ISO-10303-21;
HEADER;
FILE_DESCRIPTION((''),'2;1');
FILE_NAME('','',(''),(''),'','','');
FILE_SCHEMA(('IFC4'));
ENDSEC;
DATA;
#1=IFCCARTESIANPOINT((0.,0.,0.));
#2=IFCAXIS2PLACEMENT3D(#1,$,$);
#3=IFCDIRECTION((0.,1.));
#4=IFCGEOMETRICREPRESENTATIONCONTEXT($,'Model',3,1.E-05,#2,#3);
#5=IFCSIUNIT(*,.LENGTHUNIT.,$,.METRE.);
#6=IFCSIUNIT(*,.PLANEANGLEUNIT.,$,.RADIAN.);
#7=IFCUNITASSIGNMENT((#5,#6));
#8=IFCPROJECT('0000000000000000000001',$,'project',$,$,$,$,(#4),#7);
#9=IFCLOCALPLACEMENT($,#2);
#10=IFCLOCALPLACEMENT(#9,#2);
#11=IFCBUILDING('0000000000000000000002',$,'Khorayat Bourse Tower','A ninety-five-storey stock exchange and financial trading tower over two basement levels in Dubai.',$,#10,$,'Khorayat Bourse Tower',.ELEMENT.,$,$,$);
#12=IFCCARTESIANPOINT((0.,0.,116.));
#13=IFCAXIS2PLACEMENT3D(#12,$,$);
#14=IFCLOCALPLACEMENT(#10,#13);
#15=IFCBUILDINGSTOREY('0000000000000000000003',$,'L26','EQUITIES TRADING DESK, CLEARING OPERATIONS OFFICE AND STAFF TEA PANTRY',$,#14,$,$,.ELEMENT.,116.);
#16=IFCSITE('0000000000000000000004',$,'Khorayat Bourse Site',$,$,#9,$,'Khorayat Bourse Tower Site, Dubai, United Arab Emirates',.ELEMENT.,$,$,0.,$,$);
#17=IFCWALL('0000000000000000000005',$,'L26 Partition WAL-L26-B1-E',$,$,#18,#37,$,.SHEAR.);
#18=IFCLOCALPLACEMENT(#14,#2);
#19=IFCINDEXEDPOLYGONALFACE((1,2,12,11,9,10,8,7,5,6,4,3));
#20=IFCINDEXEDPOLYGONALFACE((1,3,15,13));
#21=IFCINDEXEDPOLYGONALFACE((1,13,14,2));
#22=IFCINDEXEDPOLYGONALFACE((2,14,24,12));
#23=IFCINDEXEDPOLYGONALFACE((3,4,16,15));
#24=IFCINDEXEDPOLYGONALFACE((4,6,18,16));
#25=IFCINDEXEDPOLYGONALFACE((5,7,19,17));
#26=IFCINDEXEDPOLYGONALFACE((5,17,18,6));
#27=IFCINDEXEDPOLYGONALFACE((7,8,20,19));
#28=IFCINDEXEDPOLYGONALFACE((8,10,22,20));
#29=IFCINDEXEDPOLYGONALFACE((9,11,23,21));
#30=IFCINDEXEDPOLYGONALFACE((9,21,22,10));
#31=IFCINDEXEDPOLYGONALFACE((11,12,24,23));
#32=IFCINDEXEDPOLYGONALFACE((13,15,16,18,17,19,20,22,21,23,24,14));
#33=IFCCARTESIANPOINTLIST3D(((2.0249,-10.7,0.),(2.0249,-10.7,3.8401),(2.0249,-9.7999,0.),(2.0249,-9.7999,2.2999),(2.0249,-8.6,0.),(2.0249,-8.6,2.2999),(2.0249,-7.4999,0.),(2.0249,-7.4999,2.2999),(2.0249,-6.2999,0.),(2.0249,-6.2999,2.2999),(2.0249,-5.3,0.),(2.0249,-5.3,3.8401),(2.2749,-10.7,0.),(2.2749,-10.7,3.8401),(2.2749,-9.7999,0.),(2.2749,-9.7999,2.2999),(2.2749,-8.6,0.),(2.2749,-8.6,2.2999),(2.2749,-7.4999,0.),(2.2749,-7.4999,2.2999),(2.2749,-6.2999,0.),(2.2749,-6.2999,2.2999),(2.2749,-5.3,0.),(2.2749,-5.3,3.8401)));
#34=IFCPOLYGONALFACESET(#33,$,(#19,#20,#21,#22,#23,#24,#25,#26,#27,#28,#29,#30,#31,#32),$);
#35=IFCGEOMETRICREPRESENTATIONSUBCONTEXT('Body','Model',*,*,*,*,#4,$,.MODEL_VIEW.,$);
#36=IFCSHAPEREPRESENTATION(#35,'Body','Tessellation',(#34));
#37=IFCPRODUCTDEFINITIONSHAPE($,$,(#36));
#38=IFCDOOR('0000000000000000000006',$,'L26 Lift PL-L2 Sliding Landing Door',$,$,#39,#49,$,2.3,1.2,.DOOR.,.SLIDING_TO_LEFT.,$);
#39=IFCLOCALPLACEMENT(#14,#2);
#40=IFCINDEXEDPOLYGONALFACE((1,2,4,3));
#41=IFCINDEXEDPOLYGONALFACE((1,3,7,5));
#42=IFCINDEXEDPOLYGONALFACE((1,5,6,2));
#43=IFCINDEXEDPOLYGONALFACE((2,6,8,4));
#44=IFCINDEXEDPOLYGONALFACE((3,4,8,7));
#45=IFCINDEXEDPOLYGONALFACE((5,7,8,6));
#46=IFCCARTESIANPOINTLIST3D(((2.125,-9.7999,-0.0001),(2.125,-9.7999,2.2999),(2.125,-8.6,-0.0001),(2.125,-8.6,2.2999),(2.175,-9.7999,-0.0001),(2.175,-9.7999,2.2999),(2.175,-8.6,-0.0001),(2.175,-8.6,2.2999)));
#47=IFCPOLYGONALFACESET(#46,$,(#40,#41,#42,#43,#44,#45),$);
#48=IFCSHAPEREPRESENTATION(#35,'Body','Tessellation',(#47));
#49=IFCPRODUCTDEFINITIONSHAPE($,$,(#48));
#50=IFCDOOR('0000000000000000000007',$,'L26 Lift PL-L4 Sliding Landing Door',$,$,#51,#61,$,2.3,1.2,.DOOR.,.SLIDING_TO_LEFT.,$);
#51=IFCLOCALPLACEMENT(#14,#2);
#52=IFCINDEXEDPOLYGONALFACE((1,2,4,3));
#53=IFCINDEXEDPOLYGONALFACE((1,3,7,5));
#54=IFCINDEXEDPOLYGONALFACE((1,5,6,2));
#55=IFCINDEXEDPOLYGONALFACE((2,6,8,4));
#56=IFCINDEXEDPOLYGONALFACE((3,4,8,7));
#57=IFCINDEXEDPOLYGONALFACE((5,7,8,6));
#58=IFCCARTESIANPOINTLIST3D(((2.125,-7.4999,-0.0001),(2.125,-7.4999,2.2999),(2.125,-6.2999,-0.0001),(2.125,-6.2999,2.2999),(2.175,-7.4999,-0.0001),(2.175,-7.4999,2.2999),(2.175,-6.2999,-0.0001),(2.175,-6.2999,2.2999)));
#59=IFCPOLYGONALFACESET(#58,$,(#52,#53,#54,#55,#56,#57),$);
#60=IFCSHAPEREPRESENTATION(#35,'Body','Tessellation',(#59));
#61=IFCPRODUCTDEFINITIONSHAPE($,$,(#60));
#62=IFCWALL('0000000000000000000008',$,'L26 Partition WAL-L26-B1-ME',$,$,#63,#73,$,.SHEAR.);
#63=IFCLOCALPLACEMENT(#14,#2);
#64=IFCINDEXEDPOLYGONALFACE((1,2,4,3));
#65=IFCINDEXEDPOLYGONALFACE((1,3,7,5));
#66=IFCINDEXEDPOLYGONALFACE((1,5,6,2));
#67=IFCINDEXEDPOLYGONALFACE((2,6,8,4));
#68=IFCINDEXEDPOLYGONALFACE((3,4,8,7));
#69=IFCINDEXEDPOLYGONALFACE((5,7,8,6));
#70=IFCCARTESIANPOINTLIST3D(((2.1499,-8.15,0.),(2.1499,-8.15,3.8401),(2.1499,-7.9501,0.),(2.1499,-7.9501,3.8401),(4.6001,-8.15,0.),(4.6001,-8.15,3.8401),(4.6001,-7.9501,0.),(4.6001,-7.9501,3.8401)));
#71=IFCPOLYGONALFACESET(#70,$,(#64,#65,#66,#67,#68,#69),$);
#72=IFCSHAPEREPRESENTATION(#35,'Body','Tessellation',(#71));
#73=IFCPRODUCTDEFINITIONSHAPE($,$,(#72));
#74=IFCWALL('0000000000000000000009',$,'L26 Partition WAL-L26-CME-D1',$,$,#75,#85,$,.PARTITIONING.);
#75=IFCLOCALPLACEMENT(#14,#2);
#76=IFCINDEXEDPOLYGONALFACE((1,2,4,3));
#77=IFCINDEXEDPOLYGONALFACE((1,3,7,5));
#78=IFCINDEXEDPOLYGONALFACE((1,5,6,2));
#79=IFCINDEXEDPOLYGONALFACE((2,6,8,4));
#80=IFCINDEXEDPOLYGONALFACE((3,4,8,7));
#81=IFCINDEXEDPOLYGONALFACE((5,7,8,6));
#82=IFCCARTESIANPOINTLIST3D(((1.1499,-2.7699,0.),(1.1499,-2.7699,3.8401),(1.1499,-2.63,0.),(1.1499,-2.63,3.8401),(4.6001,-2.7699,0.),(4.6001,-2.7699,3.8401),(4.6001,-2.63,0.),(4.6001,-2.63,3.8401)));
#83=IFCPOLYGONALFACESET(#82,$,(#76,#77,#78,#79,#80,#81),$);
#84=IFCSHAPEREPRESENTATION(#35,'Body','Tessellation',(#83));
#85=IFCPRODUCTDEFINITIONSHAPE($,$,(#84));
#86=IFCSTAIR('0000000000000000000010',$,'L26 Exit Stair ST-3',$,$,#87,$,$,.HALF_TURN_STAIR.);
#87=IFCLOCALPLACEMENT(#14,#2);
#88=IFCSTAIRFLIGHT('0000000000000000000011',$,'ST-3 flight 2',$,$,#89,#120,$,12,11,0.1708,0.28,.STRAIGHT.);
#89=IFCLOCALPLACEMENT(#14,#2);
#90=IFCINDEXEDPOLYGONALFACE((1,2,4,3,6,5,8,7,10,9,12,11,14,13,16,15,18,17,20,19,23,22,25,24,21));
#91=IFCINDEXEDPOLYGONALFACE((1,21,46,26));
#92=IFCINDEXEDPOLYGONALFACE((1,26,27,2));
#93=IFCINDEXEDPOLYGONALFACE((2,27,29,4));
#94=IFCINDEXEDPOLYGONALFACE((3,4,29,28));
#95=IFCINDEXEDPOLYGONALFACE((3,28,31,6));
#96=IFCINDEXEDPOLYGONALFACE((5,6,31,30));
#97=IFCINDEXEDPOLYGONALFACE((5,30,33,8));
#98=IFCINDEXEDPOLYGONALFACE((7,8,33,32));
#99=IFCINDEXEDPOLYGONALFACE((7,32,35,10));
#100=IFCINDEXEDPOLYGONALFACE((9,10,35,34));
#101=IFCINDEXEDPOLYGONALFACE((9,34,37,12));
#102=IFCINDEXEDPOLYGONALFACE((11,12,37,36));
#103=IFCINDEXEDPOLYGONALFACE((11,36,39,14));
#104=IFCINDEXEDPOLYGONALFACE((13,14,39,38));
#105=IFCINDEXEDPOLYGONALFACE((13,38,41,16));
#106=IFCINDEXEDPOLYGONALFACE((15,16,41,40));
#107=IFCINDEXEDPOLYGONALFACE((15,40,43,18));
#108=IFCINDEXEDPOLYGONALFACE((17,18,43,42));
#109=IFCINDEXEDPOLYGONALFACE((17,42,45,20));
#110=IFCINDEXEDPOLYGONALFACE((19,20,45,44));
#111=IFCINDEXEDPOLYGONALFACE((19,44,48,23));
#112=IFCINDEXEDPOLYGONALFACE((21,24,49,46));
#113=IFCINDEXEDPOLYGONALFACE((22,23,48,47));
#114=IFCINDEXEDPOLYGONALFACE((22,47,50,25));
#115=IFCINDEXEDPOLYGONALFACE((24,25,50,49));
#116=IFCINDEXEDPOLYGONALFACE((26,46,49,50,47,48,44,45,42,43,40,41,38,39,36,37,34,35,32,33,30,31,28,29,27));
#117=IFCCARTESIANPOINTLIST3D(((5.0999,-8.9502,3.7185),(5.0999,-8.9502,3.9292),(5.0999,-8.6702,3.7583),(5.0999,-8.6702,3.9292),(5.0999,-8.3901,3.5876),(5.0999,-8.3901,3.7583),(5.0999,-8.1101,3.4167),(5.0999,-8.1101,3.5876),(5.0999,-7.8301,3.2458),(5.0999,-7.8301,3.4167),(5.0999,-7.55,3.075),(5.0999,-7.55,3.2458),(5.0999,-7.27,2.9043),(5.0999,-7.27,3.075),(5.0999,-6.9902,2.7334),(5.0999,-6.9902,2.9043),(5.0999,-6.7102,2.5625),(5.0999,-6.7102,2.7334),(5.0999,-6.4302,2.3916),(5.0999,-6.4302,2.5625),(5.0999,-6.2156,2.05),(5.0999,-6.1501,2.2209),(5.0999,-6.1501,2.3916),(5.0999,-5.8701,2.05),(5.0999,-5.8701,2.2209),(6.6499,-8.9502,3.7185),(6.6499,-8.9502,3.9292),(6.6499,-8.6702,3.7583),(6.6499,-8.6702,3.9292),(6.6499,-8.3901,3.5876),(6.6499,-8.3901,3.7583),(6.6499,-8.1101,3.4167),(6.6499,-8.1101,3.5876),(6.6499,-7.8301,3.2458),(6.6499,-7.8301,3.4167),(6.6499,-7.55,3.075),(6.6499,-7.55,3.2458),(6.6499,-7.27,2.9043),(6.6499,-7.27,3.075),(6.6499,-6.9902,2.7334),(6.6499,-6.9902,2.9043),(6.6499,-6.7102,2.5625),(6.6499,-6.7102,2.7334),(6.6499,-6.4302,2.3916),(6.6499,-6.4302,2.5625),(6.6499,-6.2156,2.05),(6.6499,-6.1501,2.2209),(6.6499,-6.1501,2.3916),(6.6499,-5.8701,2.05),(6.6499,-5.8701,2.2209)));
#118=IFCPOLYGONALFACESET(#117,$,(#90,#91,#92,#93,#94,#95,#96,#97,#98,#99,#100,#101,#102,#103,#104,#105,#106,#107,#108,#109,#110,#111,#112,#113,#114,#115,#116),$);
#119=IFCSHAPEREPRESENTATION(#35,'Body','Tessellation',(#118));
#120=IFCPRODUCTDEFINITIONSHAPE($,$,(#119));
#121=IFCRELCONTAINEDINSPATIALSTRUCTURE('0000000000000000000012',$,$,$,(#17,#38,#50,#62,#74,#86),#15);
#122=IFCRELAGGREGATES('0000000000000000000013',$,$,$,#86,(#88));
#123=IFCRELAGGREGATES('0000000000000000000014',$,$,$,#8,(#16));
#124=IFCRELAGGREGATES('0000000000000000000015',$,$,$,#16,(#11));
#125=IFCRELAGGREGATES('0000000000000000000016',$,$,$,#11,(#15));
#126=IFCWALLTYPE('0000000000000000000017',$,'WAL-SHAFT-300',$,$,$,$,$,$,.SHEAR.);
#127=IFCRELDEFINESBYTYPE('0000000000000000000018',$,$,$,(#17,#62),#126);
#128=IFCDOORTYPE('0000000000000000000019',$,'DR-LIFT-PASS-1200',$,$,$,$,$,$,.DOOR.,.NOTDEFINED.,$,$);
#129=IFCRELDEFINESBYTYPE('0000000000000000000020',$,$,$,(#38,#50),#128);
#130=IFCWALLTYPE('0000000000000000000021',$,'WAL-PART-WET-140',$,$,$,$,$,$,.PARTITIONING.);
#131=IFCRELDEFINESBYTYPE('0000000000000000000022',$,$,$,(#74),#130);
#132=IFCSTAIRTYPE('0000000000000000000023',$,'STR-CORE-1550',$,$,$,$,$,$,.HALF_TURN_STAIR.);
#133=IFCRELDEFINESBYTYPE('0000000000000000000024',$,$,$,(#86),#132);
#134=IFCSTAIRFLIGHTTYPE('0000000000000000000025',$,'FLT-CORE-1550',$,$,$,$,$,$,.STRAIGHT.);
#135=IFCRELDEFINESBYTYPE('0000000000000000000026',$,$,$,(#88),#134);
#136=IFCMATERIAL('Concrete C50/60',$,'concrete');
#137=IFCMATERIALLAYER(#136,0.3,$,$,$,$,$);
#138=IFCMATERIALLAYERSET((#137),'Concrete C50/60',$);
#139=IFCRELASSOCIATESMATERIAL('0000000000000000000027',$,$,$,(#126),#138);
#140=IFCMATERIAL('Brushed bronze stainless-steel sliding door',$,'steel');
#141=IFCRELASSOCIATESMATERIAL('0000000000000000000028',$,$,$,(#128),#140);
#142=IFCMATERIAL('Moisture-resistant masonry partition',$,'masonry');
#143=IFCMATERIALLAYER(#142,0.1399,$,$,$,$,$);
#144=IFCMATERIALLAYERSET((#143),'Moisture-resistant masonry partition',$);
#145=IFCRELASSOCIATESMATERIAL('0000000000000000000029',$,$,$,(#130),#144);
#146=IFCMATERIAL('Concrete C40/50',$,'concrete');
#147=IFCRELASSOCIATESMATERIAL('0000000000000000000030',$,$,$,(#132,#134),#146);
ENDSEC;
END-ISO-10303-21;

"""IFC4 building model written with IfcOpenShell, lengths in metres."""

from ifc_helpers import new_model, si_unit, direction, frame, frame_2d, origin, place, context, subcontext, project, spatial, polyline, rectangle, outline, extrude, source, transform, mapped, material, layer, layer_set, type_object, element, fill, aggregate, save


model = new_model("IFC4")

# Units and contexts
model_context = context("Model", 3, precision=1e-05, world=origin(), true_north=direction((0.0, 1.0)))
body_context = subcontext(model_context, "Body", "Model", "MODEL_VIEW")
ifc_project = project(units=[si_unit("LENGTHUNIT", "METRE"), si_unit("PLANEANGLEUNIT", "RADIAN")], contexts=[model_context])

# Site, building, storey
site_placement = place(None, origin())
site = spatial("IfcSite", under=ifc_project, at=site_placement, Name="Khorayat Bourse Site", LongName="Khorayat Bourse Tower Site, Dubai, United Arab Emirates", CompositionType="ELEMENT", RefElevation=0.0)
building_placement = place(site_placement, origin())
building = spatial("IfcBuilding", under=site, at=building_placement, Name="Khorayat Bourse Tower", Description="A ninety-five-storey stock exchange and financial trading tower over two basement levels in Dubai.", LongName="Khorayat Bourse Tower", CompositionType="ELEMENT")
storey_placement = place(building_placement, frame((0.0, 0.0, 116.0)))
storey = spatial("IfcBuildingStorey", under=building, at=storey_placement, Name="L26", Description="EQUITIES TRADING DESK, CLEARING OPERATIONS OFFICE AND STAFF TEA PANTRY", CompositionType="ELEMENT", Elevation=116.0)

# Wall, openings, doors
ifc_material_1 = material(Name="Concrete C50/60", Category="concrete")
ifc_layer_1 = layer(ifc_material_1, 0.3)
ifc_layer_set_1 = layer_set([ifc_layer_1], Name="Concrete C50/60")
wall_type_1 = type_object("IfcWallType", Name="WAL-SHAFT-300", PredefinedType="SHEAR", material=ifc_layer_set_1)
shared_shape_1 = source(origin(), body_context, "Body", "SweptSolid", [
    extrude(rectangle(XDim=5.3999, YDim=0.25, at=frame_2d((2.7, 0.0))), origin(), (0.0, 0.0, 1.0), 3.8401),
])
shared_shape_2 = source(origin(), body_context, "Body", "SweptSolid", [
    extrude(rectangle(XDim=1.2, YDim=2.3, at=frame_2d((0.6001, 1.1499))), frame((0.0, 0.135, 0.0), z_axis=(0.0, -1.0, 0.0), x_axis=(1.0, 0.0, 0.0)), (0.0, 0.0, 1.0), 0.27),
])
ifc_material_2 = material(Name="Brushed bronze stainless-steel sliding door", Category="steel")
door_type_1 = type_object("IfcDoorType", Name="DR-LIFT-PASS-1200", OperationType="NOTDEFINED", PredefinedType="DOOR", material=ifc_material_2)
shared_shape_3 = source(origin(), body_context, "Body", "SweptSolid", [
    extrude(rectangle(XDim=1.2, YDim=2.3, at=frame_2d((0.6001, 1.1499))), frame((0.0, 0.0249, 0.0), z_axis=(0.0, -1.0, 0.0), x_axis=(1.0, 0.0, 0.0)), (0.0, 0.0, 1.0), 0.05),
])
wall_1_placement = place(storey_placement, frame((2.1499, -10.7, 0.0), z_axis=(0.0, 0.0, 1.0), x_axis=(0.0, 1.0, 0.0)))
wall_1 = element("IfcWall", 1, at=wall_1_placement, inside=storey, type_object=wall_type_1, Name="L26 Partition WAL-L26-B1-E", PredefinedType="SHEAR", context=body_context, shape_type="MappedRepresentation", body=[
    mapped(shared_shape_1, transform((0.0, 0.0, 0.0), scale=1.0)),
])
opening_1_placement = place(wall_1_placement, frame((0.8999, 0.0, 0.0)))
opening_1 = element("IfcOpeningElement", 2, at=opening_1_placement, cuts=wall_1, PredefinedType="OPENING", context=body_context, shape_type="MappedRepresentation", body=[
    mapped(shared_shape_2, transform((0.0, 0.0, 0.0), scale=1.0)),
])
opening_2_placement = place(wall_1_placement, frame((3.2, 0.0, 0.0)))
opening_2 = element("IfcOpeningElement", 3, at=opening_2_placement, cuts=wall_1, PredefinedType="OPENING", context=body_context, shape_type="MappedRepresentation", body=[
    mapped(shared_shape_2, transform((0.0, 0.0, 0.0), scale=1.0)),
])
door_1_placement = place(opening_1_placement, origin())
door_1 = element("IfcDoor", 4, at=door_1_placement, inside=storey, type_object=door_type_1, Name="L26 Lift PL-L2 Sliding Landing Door", OperationType="SLIDING_TO_LEFT", OverallHeight=2.3, OverallWidth=1.2, PredefinedType="DOOR", context=body_context, shape_type="MappedRepresentation", body=[
    mapped(shared_shape_3, transform((0.0, 0.0, 0.0), scale=1.0)),
])
fill(opening_1, door_1)
door_2_placement = place(opening_2_placement, origin())
door_2 = element("IfcDoor", 5, at=door_2_placement, inside=storey, type_object=door_type_1, Name="L26 Lift PL-L4 Sliding Landing Door", OperationType="SLIDING_TO_LEFT", OverallHeight=2.3, OverallWidth=1.2, PredefinedType="DOOR", context=body_context, shape_type="MappedRepresentation", body=[
    mapped(shared_shape_3, transform((0.0, 0.0, 0.0), scale=1.0)),
])
fill(opening_2, door_2)

# Wall
shared_shape_4 = source(origin(), body_context, "Body", "SweptSolid", [
    extrude(rectangle(XDim=2.4502, YDim=0.2, at=frame_2d((1.2251, 0.0))), origin(), (0.0, 0.0, 1.0), 3.8401),
])
wall_2_placement = place(storey_placement, frame((2.1499, -8.05, 0.0), z_axis=(0.0, 0.0, 1.0), x_axis=(1.0, 0.0, 0.0)))
element("IfcWall", 6, at=wall_2_placement, inside=storey, type_object=wall_type_1, Name="L26 Partition WAL-L26-B1-ME", PredefinedType="SHEAR", context=body_context, shape_type="MappedRepresentation", body=[
    mapped(shared_shape_4, transform((0.0, 0.0, 0.0), scale=1.0)),
])

# Wall
ifc_material_3 = material(Name="Moisture-resistant masonry partition", Category="masonry")
ifc_layer_2 = layer(ifc_material_3, 0.1399)
ifc_layer_set_2 = layer_set([ifc_layer_2], Name="Moisture-resistant masonry partition")
wall_type_2 = type_object("IfcWallType", Name="WAL-PART-WET-140", PredefinedType="PARTITIONING", material=ifc_layer_set_2)
shared_shape_5 = source(origin(), body_context, "Body", "SweptSolid", [
    extrude(rectangle(XDim=3.4502, YDim=0.1399, at=frame_2d((1.7251, 0.0))), origin(), (0.0, 0.0, 1.0), 3.8401),
])
wall_3_placement = place(storey_placement, frame((1.1499, -2.7, 0.0), z_axis=(0.0, 0.0, 1.0), x_axis=(1.0, 0.0, 0.0)))
element("IfcWall", 7, at=wall_3_placement, inside=storey, type_object=wall_type_2, Name="L26 Partition WAL-L26-CME-D1", PredefinedType="PARTITIONING", context=body_context, shape_type="MappedRepresentation", body=[
    mapped(shared_shape_5, transform((0.0, 0.0, 0.0), scale=1.0)),
])

# Stair, stair flight
ifc_material_4 = material(Name="Concrete C40/50", Category="concrete")
stair_type = type_object("IfcStairType", Name="STR-CORE-1550", PredefinedType="HALF_TURN_STAIR", material=ifc_material_4)
stair_placement = place(storey_placement, origin())
stair = element("IfcStair", 8, at=stair_placement, inside=storey, type_object=stair_type, Name="L26 Exit Stair ST-3", PredefinedType="HALF_TURN_STAIR")
stair_flight_type = type_object("IfcStairFlightType", Name="FLT-CORE-1550", PredefinedType="STRAIGHT", material=ifc_material_4)
shared_shape_6 = source(origin(), body_context, "Body", "SweptSolid", [
    extrude(outline(polyline([(0.0, 0.0), (0.0, 0.1709), (0.28, 0.1709), (0.28, 0.3416), (0.5601, 0.3416), (0.5601, 0.5125), (0.8401, 0.5125), (0.8401, 0.6833), (1.1201, 0.6833), (1.1201, 0.8542), (1.3999, 0.8542), (1.3999, 1.0249), (1.6799, 1.0249), (1.6799, 1.1958), (1.96, 1.1958), (1.96, 1.3667), (2.24, 1.3667), (2.24, 1.5376), (2.52, 1.5376), (2.52, 1.7083), (2.8, 1.7083), (2.8, 1.8792), (3.0801, 1.8792), (3.0801, 2.05), (3.0801, 1.6685), (0.3455, 0.0), (0.0, 0.0)])), frame((0.0, 0.7749, 0.0), z_axis=(0.0, -1.0, 0.0), x_axis=(1.0, 0.0, 0.0)), (0.0, 0.0, 1.0), 1.55),
])
stair_flight_placement = place(storey_placement, frame((5.875, -5.8701, 2.05), z_axis=(0.0, 0.0, 1.0), x_axis=(0.0, -1.0, 0.0)))
stair_flight = element("IfcStairFlight", 9, at=stair_flight_placement, type_object=stair_flight_type, Name="ST-3 flight 2", NumberOfRisers=12, NumberOfTreads=11, PredefinedType="STRAIGHT", RiserHeight=0.1708, TreadLength=0.28, context=body_context, shape_type="MappedRepresentation", body=[
    mapped(shared_shape_6, transform((0.0, 0.0, 0.0), scale=1.0)),
])
aggregate(stair, [stair_flight])

save(model, "model.ifc")
